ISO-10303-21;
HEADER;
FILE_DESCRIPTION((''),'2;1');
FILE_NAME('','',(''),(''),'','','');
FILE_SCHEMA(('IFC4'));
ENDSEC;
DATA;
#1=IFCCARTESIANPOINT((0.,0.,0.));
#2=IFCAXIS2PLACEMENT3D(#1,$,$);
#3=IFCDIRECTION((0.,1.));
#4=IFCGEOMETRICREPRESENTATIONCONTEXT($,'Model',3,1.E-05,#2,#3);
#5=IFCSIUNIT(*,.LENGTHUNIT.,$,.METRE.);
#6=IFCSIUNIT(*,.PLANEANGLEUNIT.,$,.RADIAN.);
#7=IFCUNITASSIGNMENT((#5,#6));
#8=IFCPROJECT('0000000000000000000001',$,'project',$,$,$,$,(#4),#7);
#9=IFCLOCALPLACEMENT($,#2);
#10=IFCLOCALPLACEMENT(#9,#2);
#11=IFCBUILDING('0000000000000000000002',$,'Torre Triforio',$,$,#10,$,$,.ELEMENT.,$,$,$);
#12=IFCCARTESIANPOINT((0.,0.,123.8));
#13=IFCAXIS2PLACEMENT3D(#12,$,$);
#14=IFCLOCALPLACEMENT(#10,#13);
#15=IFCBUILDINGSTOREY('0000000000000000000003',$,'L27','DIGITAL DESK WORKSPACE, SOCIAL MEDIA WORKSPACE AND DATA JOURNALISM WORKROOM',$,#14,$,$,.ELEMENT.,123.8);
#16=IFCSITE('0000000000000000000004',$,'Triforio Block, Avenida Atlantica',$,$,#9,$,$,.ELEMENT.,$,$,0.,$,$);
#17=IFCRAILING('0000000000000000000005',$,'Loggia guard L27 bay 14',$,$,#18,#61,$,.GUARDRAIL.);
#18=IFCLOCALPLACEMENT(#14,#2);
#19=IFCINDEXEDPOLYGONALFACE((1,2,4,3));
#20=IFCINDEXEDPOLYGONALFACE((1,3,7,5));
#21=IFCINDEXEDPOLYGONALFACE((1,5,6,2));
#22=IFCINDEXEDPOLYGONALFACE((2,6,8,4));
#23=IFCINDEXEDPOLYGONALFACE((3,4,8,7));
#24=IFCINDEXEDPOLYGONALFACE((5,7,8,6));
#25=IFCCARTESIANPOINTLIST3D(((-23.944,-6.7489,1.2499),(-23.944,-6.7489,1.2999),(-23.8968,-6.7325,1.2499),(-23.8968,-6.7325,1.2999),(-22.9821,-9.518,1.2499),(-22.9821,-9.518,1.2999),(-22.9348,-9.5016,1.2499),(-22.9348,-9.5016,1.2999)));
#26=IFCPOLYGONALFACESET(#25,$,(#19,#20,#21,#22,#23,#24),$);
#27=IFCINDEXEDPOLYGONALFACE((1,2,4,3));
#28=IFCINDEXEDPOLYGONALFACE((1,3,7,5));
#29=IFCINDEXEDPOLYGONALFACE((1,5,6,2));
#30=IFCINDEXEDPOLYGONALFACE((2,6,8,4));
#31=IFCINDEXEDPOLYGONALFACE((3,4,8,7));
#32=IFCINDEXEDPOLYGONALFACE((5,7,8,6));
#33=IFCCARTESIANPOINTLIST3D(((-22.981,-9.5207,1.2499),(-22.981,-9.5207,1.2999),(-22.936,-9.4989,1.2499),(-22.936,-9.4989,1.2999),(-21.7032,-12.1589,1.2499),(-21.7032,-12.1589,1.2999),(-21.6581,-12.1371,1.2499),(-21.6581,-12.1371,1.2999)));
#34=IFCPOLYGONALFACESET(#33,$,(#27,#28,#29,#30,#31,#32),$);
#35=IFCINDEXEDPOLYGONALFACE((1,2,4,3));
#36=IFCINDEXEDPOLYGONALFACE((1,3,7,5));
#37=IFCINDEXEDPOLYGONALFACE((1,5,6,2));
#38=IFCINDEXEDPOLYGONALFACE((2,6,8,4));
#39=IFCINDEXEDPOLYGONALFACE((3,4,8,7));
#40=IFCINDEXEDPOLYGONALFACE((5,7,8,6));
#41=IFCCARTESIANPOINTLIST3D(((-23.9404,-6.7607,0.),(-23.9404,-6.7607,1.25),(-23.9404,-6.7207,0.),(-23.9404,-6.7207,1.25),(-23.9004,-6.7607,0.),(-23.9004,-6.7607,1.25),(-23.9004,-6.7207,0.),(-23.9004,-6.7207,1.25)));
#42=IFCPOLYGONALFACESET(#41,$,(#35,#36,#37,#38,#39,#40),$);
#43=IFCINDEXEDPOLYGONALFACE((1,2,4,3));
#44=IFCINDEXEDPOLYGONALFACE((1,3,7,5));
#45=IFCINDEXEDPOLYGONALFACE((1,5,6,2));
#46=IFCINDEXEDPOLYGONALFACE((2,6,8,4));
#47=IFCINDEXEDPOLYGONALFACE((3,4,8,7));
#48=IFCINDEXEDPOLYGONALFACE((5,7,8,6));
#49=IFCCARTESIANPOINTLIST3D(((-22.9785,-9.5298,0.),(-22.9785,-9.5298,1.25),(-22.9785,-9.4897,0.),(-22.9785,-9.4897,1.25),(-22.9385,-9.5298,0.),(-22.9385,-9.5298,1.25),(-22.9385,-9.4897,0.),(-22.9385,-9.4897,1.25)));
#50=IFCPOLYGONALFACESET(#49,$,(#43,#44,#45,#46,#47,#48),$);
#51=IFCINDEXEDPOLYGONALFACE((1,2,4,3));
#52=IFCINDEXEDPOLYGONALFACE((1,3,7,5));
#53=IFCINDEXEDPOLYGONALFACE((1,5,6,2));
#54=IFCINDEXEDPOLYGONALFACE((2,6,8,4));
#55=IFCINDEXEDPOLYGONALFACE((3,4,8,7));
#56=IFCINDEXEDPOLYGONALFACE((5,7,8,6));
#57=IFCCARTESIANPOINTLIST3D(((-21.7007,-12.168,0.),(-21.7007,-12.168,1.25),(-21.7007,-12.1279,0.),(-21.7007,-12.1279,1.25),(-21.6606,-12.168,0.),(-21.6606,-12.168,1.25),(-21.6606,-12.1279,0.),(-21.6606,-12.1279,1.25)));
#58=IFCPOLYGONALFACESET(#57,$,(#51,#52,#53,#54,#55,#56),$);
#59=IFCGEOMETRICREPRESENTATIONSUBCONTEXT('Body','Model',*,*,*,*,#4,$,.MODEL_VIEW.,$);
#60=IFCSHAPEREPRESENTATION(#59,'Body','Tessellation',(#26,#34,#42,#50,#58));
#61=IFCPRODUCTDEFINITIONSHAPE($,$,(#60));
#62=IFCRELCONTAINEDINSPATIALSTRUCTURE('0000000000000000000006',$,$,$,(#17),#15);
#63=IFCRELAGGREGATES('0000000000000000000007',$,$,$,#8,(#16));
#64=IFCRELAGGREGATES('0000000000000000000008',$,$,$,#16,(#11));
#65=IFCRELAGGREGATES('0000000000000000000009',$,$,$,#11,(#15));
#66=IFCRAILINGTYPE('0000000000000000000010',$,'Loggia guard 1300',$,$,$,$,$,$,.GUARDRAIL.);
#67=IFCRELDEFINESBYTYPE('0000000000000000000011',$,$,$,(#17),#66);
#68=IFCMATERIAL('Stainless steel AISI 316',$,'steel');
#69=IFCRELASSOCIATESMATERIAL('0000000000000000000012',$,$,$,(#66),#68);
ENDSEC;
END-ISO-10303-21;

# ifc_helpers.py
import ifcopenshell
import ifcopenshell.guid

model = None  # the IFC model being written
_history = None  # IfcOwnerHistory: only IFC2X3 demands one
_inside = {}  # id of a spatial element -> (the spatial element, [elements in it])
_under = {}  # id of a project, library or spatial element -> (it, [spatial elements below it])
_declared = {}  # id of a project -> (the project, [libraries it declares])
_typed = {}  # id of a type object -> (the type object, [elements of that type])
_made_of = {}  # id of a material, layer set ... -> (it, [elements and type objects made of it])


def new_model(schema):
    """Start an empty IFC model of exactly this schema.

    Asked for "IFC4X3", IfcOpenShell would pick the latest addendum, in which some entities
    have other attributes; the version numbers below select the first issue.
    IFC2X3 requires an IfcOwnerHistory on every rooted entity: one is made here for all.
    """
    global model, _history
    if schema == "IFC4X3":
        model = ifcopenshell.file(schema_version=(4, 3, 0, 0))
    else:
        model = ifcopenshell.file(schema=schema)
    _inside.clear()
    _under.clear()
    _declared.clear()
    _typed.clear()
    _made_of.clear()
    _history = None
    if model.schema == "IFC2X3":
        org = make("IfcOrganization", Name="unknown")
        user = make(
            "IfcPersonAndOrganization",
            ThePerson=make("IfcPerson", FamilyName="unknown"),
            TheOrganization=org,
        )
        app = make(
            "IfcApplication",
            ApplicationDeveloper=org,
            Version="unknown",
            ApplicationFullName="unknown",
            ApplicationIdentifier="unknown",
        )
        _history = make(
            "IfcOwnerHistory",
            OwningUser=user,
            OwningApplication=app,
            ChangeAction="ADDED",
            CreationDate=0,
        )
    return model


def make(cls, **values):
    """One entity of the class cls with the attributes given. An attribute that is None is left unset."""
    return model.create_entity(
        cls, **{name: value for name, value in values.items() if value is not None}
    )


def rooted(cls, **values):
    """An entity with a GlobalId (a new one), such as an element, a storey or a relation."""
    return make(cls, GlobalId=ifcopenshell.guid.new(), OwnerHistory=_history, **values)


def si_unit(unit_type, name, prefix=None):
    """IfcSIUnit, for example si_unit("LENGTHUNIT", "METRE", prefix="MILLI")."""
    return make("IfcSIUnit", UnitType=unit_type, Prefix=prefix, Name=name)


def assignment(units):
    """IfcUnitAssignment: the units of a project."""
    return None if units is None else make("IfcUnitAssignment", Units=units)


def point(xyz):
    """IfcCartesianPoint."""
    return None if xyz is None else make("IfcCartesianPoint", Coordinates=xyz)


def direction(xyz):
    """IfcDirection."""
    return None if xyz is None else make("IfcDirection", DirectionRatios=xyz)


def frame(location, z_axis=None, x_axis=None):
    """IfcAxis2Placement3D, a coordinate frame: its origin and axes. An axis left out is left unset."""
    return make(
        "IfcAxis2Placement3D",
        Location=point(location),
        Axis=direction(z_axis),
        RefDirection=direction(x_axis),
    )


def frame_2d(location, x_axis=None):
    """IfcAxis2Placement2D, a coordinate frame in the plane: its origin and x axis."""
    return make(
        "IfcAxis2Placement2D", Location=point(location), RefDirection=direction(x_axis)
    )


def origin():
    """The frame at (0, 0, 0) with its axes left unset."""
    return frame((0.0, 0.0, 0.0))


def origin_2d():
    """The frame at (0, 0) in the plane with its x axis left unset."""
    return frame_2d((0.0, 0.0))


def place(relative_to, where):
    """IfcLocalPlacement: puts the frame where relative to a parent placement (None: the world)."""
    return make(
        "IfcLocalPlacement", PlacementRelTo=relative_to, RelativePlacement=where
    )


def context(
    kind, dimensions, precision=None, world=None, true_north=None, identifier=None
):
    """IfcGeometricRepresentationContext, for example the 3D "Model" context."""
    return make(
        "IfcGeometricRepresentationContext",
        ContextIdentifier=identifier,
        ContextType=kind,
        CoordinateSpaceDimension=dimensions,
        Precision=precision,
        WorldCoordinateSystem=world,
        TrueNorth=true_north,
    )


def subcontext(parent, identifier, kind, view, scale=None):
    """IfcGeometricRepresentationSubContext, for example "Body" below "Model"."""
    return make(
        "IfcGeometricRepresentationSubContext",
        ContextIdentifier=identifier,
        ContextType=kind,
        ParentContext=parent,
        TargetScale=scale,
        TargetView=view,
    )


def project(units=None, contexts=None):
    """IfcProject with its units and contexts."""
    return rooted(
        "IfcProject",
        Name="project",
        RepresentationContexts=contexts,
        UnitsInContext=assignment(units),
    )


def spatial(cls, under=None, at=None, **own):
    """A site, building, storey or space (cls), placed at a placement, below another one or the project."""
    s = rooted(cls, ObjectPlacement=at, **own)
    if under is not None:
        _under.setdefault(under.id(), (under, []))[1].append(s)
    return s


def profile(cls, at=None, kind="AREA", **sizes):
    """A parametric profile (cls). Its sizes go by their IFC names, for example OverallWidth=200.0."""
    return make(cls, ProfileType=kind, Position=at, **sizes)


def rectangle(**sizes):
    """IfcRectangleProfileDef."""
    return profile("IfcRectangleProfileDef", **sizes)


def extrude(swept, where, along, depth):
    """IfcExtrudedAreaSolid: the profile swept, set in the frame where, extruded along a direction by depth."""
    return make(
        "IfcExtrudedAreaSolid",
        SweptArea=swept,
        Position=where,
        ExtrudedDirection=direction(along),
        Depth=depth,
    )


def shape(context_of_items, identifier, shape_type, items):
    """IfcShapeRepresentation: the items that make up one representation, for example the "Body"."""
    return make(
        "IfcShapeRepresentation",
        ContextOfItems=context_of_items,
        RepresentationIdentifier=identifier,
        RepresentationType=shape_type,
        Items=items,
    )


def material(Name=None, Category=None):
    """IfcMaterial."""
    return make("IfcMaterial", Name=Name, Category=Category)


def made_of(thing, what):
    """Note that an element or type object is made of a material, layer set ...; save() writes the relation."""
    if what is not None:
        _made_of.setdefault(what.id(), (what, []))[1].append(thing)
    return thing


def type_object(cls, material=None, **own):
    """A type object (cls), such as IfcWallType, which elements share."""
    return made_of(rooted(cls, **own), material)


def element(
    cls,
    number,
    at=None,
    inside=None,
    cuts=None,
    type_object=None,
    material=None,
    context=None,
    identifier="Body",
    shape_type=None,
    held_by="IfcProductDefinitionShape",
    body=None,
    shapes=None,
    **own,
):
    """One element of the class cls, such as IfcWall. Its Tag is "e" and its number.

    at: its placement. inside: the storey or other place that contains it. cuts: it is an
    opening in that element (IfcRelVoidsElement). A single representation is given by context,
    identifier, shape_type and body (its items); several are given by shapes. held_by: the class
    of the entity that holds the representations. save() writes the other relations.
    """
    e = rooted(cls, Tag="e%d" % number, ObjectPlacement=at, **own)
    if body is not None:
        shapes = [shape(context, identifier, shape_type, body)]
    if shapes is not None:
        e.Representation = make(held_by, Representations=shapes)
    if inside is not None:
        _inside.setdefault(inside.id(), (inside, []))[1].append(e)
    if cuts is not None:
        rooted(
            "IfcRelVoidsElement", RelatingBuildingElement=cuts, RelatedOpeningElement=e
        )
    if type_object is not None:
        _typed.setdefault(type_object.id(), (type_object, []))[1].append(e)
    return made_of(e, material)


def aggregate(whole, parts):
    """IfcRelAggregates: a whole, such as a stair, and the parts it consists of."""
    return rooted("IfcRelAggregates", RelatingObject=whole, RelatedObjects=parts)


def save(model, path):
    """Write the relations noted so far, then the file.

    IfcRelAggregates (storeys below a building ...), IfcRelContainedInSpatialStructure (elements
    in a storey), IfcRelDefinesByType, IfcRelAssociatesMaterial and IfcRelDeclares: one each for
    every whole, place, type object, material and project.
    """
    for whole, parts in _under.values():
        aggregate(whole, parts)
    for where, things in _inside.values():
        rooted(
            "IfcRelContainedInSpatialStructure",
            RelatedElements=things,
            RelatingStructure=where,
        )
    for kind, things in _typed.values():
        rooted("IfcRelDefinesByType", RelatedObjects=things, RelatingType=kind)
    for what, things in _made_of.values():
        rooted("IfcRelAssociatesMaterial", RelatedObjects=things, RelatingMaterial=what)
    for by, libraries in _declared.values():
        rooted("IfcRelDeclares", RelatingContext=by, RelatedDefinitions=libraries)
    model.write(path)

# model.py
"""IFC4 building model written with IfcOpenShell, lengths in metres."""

from ifc_helpers import new_model, si_unit, direction, frame, origin, origin_2d, place, context, subcontext, project, spatial, rectangle, extrude, material, type_object, element, save


model = new_model("IFC4")

# Units and contexts
model_context = context("Model", 3, precision=1e-05, world=origin(), true_north=direction((0.0, 1.0)))
body_context = subcontext(model_context, "Body", "Model", "MODEL_VIEW")
ifc_project = project(units=[si_unit("LENGTHUNIT", "METRE"), si_unit("PLANEANGLEUNIT", "RADIAN")], contexts=[model_context])

# Site, building, storey
site_placement = place(None, origin())
site = spatial("IfcSite", under=ifc_project, at=site_placement, Name="Triforio Block, Avenida Atlantica", CompositionType="ELEMENT", RefElevation=0.0)
building_placement = place(site_placement, origin())
building = spatial("IfcBuilding", under=site, at=building_placement, Name="Torre Triforio", CompositionType="ELEMENT")
storey_placement = place(building_placement, frame((0.0, 0.0, 123.8)))
storey = spatial("IfcBuildingStorey", under=building, at=storey_placement, Name="L27", Description="DIGITAL DESK WORKSPACE, SOCIAL MEDIA WORKSPACE AND DATA JOURNALISM WORKROOM", CompositionType="ELEMENT", Elevation=123.8)

# Railing
ifc_material_1 = material(Name="Stainless steel AISI 316", Category="steel")
railing_type = type_object("IfcRailingType", Name="Loggia guard 1300", PredefinedType="GUARDRAIL", material=ifc_material_1)
railing_1_placement = place(storey_placement, frame((-23.9204, -6.7407, 0.0)))
element("IfcRailing", 1, at=railing_1_placement, inside=storey, type_object=railing_type, Name="Loggia guard L27 bay 14", PredefinedType="GUARDRAIL", context=body_context, shape_type="SweptSolid", body=[
    extrude(rectangle(XDim=0.05, YDim=0.05, at=origin_2d()), frame((0.0, 0.0, 1.2749), z_axis=(0.328146, -0.944627, 0.0), x_axis=(0.944627, 0.328146, 0.0)), (0.0, 0.0, 1.0), 2.9314),
    extrude(rectangle(XDim=0.05, YDim=0.05, at=origin_2d()), frame((0.9619, -2.769, 1.2749), z_axis=(0.435918, -0.899986, 0.0), x_axis=(0.899986, 0.435918, 0.0)), (0.0, 0.0, 1.0), 2.9314),
    extrude(rectangle(XDim=0.04, YDim=0.04, at=origin_2d()), origin(), (0.0, 0.0, 1.0), 1.25),
    extrude(rectangle(XDim=0.04, YDim=0.04, at=origin_2d()), frame((0.9619, -2.769, 0.0)), (0.0, 0.0, 1.0), 1.25),
    extrude(rectangle(XDim=0.04, YDim=0.04, at=origin_2d()), frame((2.2397, -5.4072, 0.0)), (0.0, 0.0, 1.0), 1.25),
])

save(model, "model.ifc")
